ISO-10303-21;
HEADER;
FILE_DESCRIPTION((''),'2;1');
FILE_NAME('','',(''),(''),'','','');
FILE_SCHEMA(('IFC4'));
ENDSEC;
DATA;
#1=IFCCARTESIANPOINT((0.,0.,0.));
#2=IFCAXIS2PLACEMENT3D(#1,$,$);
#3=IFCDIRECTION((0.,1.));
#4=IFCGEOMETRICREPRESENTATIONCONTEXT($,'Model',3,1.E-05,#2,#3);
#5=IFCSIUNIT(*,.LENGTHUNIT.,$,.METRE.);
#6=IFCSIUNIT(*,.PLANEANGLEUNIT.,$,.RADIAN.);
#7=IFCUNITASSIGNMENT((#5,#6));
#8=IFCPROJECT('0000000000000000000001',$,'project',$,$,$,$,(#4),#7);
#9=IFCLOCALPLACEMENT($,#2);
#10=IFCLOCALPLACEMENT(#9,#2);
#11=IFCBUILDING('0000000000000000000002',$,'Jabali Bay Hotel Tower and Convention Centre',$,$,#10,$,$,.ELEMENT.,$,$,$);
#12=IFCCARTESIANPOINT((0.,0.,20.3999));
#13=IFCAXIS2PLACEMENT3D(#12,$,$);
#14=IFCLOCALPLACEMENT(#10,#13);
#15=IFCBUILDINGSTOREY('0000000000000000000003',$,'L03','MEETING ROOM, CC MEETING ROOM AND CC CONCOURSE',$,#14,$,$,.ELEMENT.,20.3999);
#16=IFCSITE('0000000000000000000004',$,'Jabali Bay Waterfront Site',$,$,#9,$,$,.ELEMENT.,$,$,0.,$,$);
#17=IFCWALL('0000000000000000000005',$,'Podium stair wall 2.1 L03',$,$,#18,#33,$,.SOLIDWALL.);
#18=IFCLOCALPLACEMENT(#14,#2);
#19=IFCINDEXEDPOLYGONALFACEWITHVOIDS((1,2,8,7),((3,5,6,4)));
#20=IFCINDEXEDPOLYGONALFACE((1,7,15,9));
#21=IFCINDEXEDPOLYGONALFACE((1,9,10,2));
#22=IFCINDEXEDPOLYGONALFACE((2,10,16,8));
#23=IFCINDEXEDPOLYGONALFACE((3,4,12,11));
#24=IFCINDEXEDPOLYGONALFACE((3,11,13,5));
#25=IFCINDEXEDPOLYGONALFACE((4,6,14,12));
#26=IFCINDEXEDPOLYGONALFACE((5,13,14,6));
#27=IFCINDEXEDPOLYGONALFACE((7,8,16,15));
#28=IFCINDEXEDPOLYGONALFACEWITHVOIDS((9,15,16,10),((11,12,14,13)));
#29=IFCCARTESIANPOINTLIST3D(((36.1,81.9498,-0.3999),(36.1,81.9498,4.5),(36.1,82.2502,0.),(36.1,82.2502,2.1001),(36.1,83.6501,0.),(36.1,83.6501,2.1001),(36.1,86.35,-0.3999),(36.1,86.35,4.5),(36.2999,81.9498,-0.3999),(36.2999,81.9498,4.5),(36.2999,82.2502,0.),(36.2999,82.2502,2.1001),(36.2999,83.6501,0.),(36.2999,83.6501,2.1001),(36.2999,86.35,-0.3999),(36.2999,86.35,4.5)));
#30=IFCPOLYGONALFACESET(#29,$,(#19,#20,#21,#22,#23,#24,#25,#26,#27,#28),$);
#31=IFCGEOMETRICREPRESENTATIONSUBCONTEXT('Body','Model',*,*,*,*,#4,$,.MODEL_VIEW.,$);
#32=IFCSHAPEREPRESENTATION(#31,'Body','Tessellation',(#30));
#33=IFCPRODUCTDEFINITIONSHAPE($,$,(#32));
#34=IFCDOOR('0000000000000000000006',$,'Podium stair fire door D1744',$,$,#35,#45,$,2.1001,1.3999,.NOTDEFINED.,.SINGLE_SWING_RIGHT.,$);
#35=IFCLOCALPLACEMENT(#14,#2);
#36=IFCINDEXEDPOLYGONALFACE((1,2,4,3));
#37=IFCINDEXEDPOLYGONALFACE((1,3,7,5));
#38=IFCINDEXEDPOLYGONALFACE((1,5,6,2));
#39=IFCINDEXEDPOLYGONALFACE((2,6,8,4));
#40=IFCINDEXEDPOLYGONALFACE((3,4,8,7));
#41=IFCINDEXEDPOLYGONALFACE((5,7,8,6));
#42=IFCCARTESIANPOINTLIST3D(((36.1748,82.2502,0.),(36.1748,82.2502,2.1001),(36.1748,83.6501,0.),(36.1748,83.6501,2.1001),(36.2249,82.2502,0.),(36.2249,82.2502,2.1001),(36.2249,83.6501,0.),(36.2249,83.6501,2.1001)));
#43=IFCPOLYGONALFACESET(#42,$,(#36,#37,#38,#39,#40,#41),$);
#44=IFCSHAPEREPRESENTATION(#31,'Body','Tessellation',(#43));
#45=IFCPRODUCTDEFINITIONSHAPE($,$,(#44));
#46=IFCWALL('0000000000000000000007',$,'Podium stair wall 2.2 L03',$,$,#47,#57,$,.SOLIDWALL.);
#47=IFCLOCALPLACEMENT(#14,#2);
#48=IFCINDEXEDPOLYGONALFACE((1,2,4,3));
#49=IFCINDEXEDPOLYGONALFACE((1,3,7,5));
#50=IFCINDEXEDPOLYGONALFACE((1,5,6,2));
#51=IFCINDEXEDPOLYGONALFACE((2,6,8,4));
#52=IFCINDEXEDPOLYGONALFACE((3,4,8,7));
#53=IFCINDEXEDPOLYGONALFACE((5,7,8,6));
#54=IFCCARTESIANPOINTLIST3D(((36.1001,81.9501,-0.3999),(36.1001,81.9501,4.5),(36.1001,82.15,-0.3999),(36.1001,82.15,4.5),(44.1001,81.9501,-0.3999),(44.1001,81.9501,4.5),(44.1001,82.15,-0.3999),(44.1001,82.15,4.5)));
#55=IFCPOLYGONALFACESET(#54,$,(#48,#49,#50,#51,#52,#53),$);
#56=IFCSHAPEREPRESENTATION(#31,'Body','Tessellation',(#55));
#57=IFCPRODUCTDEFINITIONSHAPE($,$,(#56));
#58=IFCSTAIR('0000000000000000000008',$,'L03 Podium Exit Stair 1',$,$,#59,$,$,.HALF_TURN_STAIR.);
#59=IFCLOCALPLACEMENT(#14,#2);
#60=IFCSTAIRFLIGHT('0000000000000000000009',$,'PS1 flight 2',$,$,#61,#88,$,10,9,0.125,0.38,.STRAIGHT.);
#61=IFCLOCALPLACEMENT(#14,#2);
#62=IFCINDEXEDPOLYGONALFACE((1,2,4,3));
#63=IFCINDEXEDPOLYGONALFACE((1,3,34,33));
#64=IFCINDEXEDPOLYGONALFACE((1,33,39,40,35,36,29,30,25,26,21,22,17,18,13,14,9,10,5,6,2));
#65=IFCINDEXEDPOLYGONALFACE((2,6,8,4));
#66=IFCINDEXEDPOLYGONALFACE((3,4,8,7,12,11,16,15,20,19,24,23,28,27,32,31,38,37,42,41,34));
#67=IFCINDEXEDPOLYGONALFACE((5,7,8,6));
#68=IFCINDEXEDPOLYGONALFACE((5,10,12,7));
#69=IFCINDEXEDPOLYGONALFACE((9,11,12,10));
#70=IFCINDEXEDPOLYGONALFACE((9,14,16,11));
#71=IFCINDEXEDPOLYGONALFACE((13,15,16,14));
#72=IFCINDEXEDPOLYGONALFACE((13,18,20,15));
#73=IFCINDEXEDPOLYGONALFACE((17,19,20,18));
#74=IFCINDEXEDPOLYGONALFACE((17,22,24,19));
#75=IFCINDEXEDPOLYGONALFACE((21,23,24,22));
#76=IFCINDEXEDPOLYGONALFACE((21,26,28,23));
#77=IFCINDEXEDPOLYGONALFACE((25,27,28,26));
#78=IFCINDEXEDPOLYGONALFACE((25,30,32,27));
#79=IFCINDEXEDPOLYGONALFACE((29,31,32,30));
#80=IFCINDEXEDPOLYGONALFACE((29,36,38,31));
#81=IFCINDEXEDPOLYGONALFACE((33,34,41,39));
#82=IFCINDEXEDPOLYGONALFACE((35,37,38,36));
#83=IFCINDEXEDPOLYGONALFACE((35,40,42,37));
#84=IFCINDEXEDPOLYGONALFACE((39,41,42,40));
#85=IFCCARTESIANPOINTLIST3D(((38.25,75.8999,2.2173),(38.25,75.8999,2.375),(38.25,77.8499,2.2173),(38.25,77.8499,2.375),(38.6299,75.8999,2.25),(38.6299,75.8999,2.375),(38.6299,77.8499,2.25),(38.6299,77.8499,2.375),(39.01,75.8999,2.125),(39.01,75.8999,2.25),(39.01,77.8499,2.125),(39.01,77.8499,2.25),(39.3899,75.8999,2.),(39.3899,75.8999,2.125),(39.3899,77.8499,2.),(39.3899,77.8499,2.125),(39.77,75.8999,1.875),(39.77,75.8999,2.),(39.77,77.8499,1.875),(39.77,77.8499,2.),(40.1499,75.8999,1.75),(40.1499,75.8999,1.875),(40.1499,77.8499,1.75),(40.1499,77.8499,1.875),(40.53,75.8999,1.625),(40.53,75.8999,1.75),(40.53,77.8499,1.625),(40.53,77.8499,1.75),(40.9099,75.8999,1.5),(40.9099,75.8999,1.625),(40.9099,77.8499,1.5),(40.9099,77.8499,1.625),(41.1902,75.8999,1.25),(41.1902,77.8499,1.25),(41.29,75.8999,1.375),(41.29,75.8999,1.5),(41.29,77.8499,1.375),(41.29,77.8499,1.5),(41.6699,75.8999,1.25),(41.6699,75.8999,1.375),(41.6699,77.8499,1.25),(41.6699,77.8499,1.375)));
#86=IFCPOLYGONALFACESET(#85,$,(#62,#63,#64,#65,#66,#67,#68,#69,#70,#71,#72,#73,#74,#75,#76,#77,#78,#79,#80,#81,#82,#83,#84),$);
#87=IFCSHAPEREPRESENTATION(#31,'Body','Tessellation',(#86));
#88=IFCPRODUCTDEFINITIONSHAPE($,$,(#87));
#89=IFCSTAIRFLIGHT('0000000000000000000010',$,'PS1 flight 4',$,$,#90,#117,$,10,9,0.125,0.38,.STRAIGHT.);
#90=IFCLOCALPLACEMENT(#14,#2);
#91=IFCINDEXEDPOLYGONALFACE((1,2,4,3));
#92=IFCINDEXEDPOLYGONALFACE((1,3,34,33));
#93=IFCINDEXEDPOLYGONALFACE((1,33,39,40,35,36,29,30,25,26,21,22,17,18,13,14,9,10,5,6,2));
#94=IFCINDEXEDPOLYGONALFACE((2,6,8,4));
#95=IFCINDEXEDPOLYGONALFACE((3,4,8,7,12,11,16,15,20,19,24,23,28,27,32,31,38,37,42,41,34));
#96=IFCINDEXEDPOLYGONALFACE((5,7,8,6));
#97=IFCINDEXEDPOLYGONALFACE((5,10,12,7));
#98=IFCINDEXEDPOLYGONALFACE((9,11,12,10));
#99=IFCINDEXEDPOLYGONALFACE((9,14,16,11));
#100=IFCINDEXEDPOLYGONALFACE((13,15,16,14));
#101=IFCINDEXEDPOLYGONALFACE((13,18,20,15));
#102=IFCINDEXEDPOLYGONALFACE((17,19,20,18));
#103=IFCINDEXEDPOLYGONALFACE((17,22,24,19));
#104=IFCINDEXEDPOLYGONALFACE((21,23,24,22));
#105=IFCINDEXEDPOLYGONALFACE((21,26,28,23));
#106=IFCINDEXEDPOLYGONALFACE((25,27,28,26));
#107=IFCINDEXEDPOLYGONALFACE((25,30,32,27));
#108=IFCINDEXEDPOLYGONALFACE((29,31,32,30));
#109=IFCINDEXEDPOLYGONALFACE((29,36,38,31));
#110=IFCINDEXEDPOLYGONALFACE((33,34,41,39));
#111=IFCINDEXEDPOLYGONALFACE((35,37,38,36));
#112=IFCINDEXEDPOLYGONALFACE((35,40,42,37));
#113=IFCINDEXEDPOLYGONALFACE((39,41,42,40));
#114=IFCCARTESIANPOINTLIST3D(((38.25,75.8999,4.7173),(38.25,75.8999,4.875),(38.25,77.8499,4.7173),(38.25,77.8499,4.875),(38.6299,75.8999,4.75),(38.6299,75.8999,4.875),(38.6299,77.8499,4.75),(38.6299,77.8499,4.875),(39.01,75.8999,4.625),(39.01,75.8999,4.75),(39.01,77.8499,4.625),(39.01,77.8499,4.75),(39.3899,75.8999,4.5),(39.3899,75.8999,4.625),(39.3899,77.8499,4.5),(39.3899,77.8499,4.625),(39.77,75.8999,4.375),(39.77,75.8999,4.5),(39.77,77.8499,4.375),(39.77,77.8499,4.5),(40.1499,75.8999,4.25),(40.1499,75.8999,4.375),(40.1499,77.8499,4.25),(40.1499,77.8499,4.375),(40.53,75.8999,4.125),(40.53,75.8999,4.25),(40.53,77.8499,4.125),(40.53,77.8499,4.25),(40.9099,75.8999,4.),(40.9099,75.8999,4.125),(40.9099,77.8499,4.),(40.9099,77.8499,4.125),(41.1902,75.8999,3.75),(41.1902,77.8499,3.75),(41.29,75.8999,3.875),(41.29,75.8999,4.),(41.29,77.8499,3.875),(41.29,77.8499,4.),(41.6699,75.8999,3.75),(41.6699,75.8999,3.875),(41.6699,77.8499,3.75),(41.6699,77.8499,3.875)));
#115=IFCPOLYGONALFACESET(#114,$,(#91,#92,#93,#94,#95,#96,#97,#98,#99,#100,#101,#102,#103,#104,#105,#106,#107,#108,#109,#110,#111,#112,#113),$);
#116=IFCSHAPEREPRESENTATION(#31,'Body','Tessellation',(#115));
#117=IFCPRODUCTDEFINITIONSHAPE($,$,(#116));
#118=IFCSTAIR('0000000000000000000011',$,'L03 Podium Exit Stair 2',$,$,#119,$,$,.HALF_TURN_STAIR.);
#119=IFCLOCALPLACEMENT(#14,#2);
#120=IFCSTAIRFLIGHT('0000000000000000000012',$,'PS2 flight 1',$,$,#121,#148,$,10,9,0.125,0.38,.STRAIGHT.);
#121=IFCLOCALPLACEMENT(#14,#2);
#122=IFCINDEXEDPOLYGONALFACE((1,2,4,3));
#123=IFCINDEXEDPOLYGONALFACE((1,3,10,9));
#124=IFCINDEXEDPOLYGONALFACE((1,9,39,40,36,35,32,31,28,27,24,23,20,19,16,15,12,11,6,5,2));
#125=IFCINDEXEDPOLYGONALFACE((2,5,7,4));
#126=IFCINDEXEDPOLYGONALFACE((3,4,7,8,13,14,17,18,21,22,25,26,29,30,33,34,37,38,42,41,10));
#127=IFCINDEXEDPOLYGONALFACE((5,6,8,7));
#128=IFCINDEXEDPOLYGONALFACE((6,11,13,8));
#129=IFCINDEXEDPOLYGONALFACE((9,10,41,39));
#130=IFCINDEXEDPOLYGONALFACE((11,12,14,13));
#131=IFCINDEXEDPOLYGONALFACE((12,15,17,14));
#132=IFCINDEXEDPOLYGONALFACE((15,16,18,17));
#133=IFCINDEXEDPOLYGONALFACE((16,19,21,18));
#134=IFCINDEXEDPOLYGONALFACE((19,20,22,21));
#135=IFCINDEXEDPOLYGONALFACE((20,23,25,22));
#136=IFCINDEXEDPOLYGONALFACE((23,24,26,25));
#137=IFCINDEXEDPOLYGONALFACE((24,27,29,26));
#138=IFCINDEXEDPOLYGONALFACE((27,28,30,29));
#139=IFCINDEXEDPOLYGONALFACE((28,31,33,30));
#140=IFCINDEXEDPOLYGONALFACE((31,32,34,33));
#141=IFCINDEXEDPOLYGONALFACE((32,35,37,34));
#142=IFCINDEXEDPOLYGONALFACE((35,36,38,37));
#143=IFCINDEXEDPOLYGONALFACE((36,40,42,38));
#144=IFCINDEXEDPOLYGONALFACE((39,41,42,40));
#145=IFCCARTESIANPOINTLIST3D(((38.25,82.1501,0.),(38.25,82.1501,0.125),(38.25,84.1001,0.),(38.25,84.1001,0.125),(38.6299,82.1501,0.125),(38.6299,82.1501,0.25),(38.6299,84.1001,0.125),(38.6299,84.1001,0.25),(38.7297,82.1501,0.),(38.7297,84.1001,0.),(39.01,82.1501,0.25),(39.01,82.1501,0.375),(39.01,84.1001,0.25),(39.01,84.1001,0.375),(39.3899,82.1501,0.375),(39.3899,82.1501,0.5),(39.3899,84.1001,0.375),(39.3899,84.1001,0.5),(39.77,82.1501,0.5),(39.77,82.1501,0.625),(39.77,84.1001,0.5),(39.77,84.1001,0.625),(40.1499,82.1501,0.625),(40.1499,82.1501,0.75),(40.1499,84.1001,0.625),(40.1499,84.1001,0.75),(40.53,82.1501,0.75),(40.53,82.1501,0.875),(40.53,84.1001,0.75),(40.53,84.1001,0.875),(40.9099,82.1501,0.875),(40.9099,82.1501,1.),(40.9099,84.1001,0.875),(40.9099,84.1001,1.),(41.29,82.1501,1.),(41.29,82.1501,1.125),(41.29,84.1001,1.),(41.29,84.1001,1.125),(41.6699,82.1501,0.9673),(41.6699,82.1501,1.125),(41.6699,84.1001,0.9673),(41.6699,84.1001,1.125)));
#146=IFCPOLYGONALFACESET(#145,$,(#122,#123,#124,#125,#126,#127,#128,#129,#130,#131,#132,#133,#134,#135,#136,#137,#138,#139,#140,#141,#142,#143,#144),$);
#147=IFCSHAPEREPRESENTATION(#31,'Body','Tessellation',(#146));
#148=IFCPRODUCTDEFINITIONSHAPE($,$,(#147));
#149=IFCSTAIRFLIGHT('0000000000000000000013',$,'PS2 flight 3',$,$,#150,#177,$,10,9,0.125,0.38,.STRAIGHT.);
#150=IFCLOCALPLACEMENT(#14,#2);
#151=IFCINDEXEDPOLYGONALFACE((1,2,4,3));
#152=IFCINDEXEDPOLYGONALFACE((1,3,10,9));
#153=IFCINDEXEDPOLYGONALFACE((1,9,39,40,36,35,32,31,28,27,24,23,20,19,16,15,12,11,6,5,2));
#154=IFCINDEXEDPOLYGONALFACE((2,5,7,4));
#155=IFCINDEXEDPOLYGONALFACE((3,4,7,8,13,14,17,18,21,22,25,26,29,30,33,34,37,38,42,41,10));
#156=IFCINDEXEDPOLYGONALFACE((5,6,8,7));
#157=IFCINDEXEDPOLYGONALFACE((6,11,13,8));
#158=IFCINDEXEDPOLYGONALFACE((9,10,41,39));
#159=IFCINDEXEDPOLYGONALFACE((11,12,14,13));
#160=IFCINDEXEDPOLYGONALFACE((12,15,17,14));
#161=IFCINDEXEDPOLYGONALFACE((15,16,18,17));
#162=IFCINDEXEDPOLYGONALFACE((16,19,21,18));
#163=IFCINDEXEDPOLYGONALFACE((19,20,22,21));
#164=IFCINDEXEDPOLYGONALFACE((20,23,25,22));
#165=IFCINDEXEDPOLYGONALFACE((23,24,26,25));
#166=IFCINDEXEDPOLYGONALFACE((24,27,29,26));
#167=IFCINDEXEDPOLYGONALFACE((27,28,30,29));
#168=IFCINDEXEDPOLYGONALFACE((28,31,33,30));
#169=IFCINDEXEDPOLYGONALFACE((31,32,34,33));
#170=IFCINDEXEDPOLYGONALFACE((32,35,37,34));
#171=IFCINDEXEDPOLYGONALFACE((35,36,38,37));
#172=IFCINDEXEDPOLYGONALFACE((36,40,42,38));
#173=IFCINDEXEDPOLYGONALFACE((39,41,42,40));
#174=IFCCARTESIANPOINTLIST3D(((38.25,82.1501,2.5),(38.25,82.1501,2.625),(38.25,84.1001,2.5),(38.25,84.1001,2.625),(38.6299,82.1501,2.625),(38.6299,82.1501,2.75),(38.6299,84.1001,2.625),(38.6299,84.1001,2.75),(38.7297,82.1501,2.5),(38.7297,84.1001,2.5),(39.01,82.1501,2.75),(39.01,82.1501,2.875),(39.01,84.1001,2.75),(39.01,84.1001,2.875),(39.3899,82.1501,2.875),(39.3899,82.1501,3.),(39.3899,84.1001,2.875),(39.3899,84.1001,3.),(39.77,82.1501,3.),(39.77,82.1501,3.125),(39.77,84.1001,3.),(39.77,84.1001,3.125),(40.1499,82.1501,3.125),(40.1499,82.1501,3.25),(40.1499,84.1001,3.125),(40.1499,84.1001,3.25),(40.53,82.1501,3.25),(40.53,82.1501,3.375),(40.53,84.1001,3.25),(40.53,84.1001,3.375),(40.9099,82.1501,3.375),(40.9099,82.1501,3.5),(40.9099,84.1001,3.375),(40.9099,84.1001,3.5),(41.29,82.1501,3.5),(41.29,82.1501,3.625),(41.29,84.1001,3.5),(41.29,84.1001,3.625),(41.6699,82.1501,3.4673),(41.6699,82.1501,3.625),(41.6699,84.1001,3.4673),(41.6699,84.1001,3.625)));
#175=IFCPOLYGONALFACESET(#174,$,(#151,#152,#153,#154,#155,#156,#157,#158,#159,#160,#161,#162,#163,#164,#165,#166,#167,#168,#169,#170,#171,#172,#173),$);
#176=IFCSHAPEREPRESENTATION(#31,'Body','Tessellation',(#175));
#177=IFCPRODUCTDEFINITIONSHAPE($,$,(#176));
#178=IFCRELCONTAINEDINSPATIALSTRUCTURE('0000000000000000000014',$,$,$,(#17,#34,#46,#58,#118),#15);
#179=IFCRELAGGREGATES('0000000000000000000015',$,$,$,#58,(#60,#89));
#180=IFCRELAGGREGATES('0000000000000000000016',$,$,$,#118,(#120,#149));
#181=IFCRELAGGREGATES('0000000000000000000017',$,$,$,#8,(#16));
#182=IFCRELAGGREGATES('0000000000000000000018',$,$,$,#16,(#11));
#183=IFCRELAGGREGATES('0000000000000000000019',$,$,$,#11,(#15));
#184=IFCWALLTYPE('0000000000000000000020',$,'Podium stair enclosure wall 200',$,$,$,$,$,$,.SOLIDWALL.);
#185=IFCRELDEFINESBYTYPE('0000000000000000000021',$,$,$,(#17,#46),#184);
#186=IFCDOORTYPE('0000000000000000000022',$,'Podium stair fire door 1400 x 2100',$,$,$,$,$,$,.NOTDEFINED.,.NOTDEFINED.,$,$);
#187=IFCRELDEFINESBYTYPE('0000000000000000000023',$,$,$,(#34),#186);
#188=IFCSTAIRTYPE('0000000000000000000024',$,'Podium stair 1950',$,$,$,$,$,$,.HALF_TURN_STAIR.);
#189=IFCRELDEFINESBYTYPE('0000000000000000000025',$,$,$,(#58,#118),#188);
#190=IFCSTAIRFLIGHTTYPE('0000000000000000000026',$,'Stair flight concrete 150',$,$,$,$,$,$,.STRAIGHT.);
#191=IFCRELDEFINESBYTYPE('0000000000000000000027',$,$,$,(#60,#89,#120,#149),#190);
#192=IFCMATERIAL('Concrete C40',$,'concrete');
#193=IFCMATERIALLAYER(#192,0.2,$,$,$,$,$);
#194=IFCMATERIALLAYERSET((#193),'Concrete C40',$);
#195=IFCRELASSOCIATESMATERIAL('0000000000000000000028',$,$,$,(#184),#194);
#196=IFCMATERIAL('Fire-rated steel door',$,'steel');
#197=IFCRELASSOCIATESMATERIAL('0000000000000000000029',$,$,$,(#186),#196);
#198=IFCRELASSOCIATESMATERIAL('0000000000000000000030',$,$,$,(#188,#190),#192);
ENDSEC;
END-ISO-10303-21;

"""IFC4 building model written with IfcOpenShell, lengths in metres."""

from ifc_helpers import new_model, si_unit, direction, frame, frame_2d, origin, place, context, subcontext, project, spatial, polyline, rectangle, outline, extrude, material, layer, layer_set, type_object, element, fill, aggregate, save


model = new_model("IFC4")

# Units and contexts
model_context = context("Model", 3, precision=1e-05, world=origin(), true_north=direction((0.0, 1.0)))
body_context = subcontext(model_context, "Body", "Model", "MODEL_VIEW")
ifc_project = project(units=[si_unit("LENGTHUNIT", "METRE"), si_unit("PLANEANGLEUNIT", "RADIAN")], contexts=[model_context])

# Site, building, storey
site_placement = place(None, origin())
site = spatial("IfcSite", under=ifc_project, at=site_placement, Name="Jabali Bay Waterfront Site", CompositionType="ELEMENT", RefElevation=0.0)
building_placement = place(site_placement, origin())
building = spatial("IfcBuilding", under=site, at=building_placement, Name="Jabali Bay Hotel Tower and Convention Centre", CompositionType="ELEMENT")
storey_placement = place(building_placement, frame((0.0, 0.0, 20.3999)))
storey = spatial("IfcBuildingStorey", under=building, at=storey_placement, Name="L03", Description="MEETING ROOM, CC MEETING ROOM AND CC CONCOURSE", CompositionType="ELEMENT", Elevation=20.3999)

# Shared definitions
ifc_material_1 = material(Name="Concrete C40", Category="concrete")

# Wall, opening, door
ifc_layer_1 = layer(ifc_material_1, 0.2)
ifc_layer_set_1 = layer_set([ifc_layer_1], Name="Concrete C40")
wall_type_1 = type_object("IfcWallType", Name="Podium stair enclosure wall 200", PredefinedType="SOLIDWALL", material=ifc_layer_set_1)
ifc_material_2 = material(Name="Fire-rated steel door", Category="steel")
door_type = type_object("IfcDoorType", Name="Podium stair fire door 1400 x 2100", OperationType="NOTDEFINED", PredefinedType="NOTDEFINED", material=ifc_material_2)
wall_1_placement = place(storey_placement, frame((36.2, 86.3501, -0.3999), z_axis=(0.0, 0.0, 1.0), x_axis=(0.0, -1.0, 0.0)))
wall_1 = element("IfcWall", 1, at=wall_1_placement, inside=storey, type_object=wall_type_1, Name="Podium stair wall 2.1 L03", PredefinedType="SOLIDWALL", context=body_context, shape_type="SweptSolid", body=[
    extrude(rectangle(XDim=4.4001, YDim=0.2, at=frame_2d((2.2002, 0.0))), origin(), (0.0, 0.0, 1.0), 4.8999),
])
opening_1_placement = place(wall_1_placement, frame((2.7, 0.0, 0.3999)))
opening_1 = element("IfcOpeningElement", 2, at=opening_1_placement, cuts=wall_1, PredefinedType="OPENING", context=body_context, shape_type="SweptSolid", body=[
    extrude(rectangle(XDim=1.3999, YDim=2.1001, at=frame_2d((0.7, 1.05))), frame((0.0, 0.1104, 0.0), z_axis=(0.0, -1.0, 0.0), x_axis=(1.0, 0.0, 0.0)), (0.0, 0.0, 1.0), 0.2209),
])
door_1_placement = place(opening_1_placement, origin())
door_1 = element("IfcDoor", 3, at=door_1_placement, inside=storey, type_object=door_type, Name="Podium stair fire door D1744", OperationType="SINGLE_SWING_RIGHT", OverallHeight=2.1001, OverallWidth=1.3999, PredefinedType="NOTDEFINED", context=body_context, shape_type="SweptSolid", body=[
    extrude(rectangle(XDim=1.3999, YDim=2.1001, at=frame_2d((0.7, 1.05))), frame((0.0, 0.0249, 0.0), z_axis=(0.0, -1.0, 0.0), x_axis=(1.0, 0.0, 0.0)), (0.0, 0.0, 1.0), 0.05),
])
fill(opening_1, door_1)

# Wall
wall_2_placement = place(storey_placement, frame((36.1001, 82.05, -0.3999), z_axis=(0.0, 0.0, 1.0), x_axis=(1.0, 0.0, 0.0)))
element("IfcWall", 4, at=wall_2_placement, inside=storey, type_object=wall_type_1, Name="Podium stair wall 2.2 L03", PredefinedType="SOLIDWALL", context=body_context, shape_type="SweptSolid", body=[
    extrude(rectangle(XDim=8.0, YDim=0.2, at=frame_2d((4.0, 0.0))), origin(), (0.0, 0.0, 1.0), 4.8999),
])

# Stairs, stair flights
stair_type = type_object("IfcStairType", Name="Podium stair 1950", PredefinedType="HALF_TURN_STAIR", material=ifc_material_1)
stair_1_placement = place(storey_placement, origin())
stair_1 = element("IfcStair", 5, at=stair_1_placement, inside=storey, type_object=stair_type, Name="L03 Podium Exit Stair 1", PredefinedType="HALF_TURN_STAIR")
stair_flight_type = type_object("IfcStairFlightType", Name="Stair flight concrete 150", PredefinedType="STRAIGHT", material=ifc_material_1)
stair_flight_1_placement = place(storey_placement, frame((41.6699, 76.875, 1.25), z_axis=(0.0, 0.0, 1.0), x_axis=(-1.0, 0.0, 0.0)))
stair_flight_1 = element("IfcStairFlight", 6, at=stair_flight_1_placement, type_object=stair_flight_type, Name="PS1 flight 2", NumberOfRisers=10, NumberOfTreads=9, PredefinedType="STRAIGHT", RiserHeight=0.125, TreadLength=0.38, context=body_context, shape_type="SweptSolid", body=[
    extrude(outline(polyline([(0.0, 0.0), (0.0, 0.125), (0.3799, 0.125), (0.3799, 0.25), (0.76, 0.25), (0.76, 0.375), (1.1399, 0.375), (1.1399, 0.5), (1.52, 0.5), (1.52, 0.625), (1.8999, 0.625), (1.8999, 0.75), (2.28, 0.75), (2.28, 0.875), (2.6599, 0.875), (2.6599, 1.0), (3.04, 1.0), (3.04, 1.125), (3.4199, 1.125), (3.4199, 1.25), (3.4199, 0.9673), (0.4797, 0.0), (0.0, 0.0)])), frame((0.0, 0.9751, 0.0), z_axis=(0.0, -1.0, 0.0), x_axis=(1.0, 0.0, 0.0)), (0.0, 0.0, 1.0), 1.95),
])
stair_flight_2_placement = place(storey_placement, frame((41.6699, 76.875, 3.75), z_axis=(0.0, 0.0, 1.0), x_axis=(-1.0, 0.0, 0.0)))
stair_flight_2 = element("IfcStairFlight", 7, at=stair_flight_2_placement, type_object=stair_flight_type, Name="PS1 flight 4", NumberOfRisers=10, NumberOfTreads=9, PredefinedType="STRAIGHT", RiserHeight=0.125, TreadLength=0.38, context=body_context, shape_type="SweptSolid", body=[
    extrude(outline(polyline([(0.0, 0.0), (0.0, 0.125), (0.3799, 0.125), (0.3799, 0.25), (0.76, 0.25), (0.76, 0.375), (1.1399, 0.375), (1.1399, 0.5), (1.52, 0.5), (1.52, 0.625), (1.8999, 0.625), (1.8999, 0.75), (2.28, 0.75), (2.28, 0.875), (2.6599, 0.875), (2.6599, 1.0), (3.04, 1.0), (3.04, 1.125), (3.4199, 1.125), (3.4199, 1.25), (3.4199, 0.9673), (0.4797, 0.0), (0.0, 0.0)])), frame((0.0, 0.9751, 0.0), z_axis=(0.0, -1.0, 0.0), x_axis=(1.0, 0.0, 0.0)), (0.0, 0.0, 1.0), 1.95),
])
aggregate(stair_1, [stair_flight_1, stair_flight_2])
stair_2_placement = place(storey_placement, origin())
stair_2 = element("IfcStair", 8, at=stair_2_placement, inside=storey, type_object=stair_type, Name="L03 Podium Exit Stair 2", PredefinedType="HALF_TURN_STAIR")
stair_flight_3_placement = place(storey_placement, frame((38.25, 83.125, 0.0), z_axis=(0.0, 0.0, 1.0), x_axis=(1.0, 0.0, 0.0)))
stair_flight_3 = element("IfcStairFlight", 9, at=stair_flight_3_placement, type_object=stair_flight_type, Name="PS2 flight 1", NumberOfRisers=10, NumberOfTreads=9, PredefinedType="STRAIGHT", RiserHeight=0.125, TreadLength=0.38, context=body_context, shape_type="SweptSolid", body=[
    extrude(outline(polyline([(0.0, 0.0), (0.0, 0.125), (0.3799, 0.125), (0.3799, 0.25), (0.76, 0.25), (0.76, 0.375), (1.1399, 0.375), (1.1399, 0.5), (1.52, 0.5), (1.52, 0.625), (1.8999, 0.625), (1.8999, 0.75), (2.28, 0.75), (2.28, 0.875), (2.6599, 0.875), (2.6599, 1.0), (3.04, 1.0), (3.04, 1.125), (3.4199, 1.125), (3.4199, 1.25), (3.4199, 0.9673), (0.4797, 0.0), (0.0, 0.0)])), frame((0.0, 0.9751, 0.0), z_axis=(0.0, -1.0, 0.0), x_axis=(1.0, 0.0, 0.0)), (0.0, 0.0, 1.0), 1.95),
])
stair_flight_4_placement = place(storey_placement, frame((38.25, 83.125, 2.5), z_axis=(0.0, 0.0, 1.0), x_axis=(1.0, 0.0, 0.0)))
stair_flight_4 = element("IfcStairFlight", 10, at=stair_flight_4_placement, type_object=stair_flight_type, Name="PS2 flight 3", NumberOfRisers=10, NumberOfTreads=9, PredefinedType="STRAIGHT", RiserHeight=0.125, TreadLength=0.38, context=body_context, shape_type="SweptSolid", body=[
    extrude(outline(polyline([(0.0, 0.0), (0.0, 0.125), (0.3799, 0.125), (0.3799, 0.25), (0.76, 0.25), (0.76, 0.375), (1.1399, 0.375), (1.1399, 0.5), (1.52, 0.5), (1.52, 0.625), (1.8999, 0.625), (1.8999, 0.75), (2.28, 0.75), (2.28, 0.875), (2.6599, 0.875), (2.6599, 1.0), (3.04, 1.0), (3.04, 1.125), (3.4199, 1.125), (3.4199, 1.25), (3.4199, 0.9673), (0.4797, 0.0), (0.0, 0.0)])), frame((0.0, 0.9751, 0.0), z_axis=(0.0, -1.0, 0.0), x_axis=(1.0, 0.0, 0.0)), (0.0, 0.0, 1.0), 1.95),
])
aggregate(stair_2, [stair_flight_3, stair_flight_4])

save(model, "model.ifc")
